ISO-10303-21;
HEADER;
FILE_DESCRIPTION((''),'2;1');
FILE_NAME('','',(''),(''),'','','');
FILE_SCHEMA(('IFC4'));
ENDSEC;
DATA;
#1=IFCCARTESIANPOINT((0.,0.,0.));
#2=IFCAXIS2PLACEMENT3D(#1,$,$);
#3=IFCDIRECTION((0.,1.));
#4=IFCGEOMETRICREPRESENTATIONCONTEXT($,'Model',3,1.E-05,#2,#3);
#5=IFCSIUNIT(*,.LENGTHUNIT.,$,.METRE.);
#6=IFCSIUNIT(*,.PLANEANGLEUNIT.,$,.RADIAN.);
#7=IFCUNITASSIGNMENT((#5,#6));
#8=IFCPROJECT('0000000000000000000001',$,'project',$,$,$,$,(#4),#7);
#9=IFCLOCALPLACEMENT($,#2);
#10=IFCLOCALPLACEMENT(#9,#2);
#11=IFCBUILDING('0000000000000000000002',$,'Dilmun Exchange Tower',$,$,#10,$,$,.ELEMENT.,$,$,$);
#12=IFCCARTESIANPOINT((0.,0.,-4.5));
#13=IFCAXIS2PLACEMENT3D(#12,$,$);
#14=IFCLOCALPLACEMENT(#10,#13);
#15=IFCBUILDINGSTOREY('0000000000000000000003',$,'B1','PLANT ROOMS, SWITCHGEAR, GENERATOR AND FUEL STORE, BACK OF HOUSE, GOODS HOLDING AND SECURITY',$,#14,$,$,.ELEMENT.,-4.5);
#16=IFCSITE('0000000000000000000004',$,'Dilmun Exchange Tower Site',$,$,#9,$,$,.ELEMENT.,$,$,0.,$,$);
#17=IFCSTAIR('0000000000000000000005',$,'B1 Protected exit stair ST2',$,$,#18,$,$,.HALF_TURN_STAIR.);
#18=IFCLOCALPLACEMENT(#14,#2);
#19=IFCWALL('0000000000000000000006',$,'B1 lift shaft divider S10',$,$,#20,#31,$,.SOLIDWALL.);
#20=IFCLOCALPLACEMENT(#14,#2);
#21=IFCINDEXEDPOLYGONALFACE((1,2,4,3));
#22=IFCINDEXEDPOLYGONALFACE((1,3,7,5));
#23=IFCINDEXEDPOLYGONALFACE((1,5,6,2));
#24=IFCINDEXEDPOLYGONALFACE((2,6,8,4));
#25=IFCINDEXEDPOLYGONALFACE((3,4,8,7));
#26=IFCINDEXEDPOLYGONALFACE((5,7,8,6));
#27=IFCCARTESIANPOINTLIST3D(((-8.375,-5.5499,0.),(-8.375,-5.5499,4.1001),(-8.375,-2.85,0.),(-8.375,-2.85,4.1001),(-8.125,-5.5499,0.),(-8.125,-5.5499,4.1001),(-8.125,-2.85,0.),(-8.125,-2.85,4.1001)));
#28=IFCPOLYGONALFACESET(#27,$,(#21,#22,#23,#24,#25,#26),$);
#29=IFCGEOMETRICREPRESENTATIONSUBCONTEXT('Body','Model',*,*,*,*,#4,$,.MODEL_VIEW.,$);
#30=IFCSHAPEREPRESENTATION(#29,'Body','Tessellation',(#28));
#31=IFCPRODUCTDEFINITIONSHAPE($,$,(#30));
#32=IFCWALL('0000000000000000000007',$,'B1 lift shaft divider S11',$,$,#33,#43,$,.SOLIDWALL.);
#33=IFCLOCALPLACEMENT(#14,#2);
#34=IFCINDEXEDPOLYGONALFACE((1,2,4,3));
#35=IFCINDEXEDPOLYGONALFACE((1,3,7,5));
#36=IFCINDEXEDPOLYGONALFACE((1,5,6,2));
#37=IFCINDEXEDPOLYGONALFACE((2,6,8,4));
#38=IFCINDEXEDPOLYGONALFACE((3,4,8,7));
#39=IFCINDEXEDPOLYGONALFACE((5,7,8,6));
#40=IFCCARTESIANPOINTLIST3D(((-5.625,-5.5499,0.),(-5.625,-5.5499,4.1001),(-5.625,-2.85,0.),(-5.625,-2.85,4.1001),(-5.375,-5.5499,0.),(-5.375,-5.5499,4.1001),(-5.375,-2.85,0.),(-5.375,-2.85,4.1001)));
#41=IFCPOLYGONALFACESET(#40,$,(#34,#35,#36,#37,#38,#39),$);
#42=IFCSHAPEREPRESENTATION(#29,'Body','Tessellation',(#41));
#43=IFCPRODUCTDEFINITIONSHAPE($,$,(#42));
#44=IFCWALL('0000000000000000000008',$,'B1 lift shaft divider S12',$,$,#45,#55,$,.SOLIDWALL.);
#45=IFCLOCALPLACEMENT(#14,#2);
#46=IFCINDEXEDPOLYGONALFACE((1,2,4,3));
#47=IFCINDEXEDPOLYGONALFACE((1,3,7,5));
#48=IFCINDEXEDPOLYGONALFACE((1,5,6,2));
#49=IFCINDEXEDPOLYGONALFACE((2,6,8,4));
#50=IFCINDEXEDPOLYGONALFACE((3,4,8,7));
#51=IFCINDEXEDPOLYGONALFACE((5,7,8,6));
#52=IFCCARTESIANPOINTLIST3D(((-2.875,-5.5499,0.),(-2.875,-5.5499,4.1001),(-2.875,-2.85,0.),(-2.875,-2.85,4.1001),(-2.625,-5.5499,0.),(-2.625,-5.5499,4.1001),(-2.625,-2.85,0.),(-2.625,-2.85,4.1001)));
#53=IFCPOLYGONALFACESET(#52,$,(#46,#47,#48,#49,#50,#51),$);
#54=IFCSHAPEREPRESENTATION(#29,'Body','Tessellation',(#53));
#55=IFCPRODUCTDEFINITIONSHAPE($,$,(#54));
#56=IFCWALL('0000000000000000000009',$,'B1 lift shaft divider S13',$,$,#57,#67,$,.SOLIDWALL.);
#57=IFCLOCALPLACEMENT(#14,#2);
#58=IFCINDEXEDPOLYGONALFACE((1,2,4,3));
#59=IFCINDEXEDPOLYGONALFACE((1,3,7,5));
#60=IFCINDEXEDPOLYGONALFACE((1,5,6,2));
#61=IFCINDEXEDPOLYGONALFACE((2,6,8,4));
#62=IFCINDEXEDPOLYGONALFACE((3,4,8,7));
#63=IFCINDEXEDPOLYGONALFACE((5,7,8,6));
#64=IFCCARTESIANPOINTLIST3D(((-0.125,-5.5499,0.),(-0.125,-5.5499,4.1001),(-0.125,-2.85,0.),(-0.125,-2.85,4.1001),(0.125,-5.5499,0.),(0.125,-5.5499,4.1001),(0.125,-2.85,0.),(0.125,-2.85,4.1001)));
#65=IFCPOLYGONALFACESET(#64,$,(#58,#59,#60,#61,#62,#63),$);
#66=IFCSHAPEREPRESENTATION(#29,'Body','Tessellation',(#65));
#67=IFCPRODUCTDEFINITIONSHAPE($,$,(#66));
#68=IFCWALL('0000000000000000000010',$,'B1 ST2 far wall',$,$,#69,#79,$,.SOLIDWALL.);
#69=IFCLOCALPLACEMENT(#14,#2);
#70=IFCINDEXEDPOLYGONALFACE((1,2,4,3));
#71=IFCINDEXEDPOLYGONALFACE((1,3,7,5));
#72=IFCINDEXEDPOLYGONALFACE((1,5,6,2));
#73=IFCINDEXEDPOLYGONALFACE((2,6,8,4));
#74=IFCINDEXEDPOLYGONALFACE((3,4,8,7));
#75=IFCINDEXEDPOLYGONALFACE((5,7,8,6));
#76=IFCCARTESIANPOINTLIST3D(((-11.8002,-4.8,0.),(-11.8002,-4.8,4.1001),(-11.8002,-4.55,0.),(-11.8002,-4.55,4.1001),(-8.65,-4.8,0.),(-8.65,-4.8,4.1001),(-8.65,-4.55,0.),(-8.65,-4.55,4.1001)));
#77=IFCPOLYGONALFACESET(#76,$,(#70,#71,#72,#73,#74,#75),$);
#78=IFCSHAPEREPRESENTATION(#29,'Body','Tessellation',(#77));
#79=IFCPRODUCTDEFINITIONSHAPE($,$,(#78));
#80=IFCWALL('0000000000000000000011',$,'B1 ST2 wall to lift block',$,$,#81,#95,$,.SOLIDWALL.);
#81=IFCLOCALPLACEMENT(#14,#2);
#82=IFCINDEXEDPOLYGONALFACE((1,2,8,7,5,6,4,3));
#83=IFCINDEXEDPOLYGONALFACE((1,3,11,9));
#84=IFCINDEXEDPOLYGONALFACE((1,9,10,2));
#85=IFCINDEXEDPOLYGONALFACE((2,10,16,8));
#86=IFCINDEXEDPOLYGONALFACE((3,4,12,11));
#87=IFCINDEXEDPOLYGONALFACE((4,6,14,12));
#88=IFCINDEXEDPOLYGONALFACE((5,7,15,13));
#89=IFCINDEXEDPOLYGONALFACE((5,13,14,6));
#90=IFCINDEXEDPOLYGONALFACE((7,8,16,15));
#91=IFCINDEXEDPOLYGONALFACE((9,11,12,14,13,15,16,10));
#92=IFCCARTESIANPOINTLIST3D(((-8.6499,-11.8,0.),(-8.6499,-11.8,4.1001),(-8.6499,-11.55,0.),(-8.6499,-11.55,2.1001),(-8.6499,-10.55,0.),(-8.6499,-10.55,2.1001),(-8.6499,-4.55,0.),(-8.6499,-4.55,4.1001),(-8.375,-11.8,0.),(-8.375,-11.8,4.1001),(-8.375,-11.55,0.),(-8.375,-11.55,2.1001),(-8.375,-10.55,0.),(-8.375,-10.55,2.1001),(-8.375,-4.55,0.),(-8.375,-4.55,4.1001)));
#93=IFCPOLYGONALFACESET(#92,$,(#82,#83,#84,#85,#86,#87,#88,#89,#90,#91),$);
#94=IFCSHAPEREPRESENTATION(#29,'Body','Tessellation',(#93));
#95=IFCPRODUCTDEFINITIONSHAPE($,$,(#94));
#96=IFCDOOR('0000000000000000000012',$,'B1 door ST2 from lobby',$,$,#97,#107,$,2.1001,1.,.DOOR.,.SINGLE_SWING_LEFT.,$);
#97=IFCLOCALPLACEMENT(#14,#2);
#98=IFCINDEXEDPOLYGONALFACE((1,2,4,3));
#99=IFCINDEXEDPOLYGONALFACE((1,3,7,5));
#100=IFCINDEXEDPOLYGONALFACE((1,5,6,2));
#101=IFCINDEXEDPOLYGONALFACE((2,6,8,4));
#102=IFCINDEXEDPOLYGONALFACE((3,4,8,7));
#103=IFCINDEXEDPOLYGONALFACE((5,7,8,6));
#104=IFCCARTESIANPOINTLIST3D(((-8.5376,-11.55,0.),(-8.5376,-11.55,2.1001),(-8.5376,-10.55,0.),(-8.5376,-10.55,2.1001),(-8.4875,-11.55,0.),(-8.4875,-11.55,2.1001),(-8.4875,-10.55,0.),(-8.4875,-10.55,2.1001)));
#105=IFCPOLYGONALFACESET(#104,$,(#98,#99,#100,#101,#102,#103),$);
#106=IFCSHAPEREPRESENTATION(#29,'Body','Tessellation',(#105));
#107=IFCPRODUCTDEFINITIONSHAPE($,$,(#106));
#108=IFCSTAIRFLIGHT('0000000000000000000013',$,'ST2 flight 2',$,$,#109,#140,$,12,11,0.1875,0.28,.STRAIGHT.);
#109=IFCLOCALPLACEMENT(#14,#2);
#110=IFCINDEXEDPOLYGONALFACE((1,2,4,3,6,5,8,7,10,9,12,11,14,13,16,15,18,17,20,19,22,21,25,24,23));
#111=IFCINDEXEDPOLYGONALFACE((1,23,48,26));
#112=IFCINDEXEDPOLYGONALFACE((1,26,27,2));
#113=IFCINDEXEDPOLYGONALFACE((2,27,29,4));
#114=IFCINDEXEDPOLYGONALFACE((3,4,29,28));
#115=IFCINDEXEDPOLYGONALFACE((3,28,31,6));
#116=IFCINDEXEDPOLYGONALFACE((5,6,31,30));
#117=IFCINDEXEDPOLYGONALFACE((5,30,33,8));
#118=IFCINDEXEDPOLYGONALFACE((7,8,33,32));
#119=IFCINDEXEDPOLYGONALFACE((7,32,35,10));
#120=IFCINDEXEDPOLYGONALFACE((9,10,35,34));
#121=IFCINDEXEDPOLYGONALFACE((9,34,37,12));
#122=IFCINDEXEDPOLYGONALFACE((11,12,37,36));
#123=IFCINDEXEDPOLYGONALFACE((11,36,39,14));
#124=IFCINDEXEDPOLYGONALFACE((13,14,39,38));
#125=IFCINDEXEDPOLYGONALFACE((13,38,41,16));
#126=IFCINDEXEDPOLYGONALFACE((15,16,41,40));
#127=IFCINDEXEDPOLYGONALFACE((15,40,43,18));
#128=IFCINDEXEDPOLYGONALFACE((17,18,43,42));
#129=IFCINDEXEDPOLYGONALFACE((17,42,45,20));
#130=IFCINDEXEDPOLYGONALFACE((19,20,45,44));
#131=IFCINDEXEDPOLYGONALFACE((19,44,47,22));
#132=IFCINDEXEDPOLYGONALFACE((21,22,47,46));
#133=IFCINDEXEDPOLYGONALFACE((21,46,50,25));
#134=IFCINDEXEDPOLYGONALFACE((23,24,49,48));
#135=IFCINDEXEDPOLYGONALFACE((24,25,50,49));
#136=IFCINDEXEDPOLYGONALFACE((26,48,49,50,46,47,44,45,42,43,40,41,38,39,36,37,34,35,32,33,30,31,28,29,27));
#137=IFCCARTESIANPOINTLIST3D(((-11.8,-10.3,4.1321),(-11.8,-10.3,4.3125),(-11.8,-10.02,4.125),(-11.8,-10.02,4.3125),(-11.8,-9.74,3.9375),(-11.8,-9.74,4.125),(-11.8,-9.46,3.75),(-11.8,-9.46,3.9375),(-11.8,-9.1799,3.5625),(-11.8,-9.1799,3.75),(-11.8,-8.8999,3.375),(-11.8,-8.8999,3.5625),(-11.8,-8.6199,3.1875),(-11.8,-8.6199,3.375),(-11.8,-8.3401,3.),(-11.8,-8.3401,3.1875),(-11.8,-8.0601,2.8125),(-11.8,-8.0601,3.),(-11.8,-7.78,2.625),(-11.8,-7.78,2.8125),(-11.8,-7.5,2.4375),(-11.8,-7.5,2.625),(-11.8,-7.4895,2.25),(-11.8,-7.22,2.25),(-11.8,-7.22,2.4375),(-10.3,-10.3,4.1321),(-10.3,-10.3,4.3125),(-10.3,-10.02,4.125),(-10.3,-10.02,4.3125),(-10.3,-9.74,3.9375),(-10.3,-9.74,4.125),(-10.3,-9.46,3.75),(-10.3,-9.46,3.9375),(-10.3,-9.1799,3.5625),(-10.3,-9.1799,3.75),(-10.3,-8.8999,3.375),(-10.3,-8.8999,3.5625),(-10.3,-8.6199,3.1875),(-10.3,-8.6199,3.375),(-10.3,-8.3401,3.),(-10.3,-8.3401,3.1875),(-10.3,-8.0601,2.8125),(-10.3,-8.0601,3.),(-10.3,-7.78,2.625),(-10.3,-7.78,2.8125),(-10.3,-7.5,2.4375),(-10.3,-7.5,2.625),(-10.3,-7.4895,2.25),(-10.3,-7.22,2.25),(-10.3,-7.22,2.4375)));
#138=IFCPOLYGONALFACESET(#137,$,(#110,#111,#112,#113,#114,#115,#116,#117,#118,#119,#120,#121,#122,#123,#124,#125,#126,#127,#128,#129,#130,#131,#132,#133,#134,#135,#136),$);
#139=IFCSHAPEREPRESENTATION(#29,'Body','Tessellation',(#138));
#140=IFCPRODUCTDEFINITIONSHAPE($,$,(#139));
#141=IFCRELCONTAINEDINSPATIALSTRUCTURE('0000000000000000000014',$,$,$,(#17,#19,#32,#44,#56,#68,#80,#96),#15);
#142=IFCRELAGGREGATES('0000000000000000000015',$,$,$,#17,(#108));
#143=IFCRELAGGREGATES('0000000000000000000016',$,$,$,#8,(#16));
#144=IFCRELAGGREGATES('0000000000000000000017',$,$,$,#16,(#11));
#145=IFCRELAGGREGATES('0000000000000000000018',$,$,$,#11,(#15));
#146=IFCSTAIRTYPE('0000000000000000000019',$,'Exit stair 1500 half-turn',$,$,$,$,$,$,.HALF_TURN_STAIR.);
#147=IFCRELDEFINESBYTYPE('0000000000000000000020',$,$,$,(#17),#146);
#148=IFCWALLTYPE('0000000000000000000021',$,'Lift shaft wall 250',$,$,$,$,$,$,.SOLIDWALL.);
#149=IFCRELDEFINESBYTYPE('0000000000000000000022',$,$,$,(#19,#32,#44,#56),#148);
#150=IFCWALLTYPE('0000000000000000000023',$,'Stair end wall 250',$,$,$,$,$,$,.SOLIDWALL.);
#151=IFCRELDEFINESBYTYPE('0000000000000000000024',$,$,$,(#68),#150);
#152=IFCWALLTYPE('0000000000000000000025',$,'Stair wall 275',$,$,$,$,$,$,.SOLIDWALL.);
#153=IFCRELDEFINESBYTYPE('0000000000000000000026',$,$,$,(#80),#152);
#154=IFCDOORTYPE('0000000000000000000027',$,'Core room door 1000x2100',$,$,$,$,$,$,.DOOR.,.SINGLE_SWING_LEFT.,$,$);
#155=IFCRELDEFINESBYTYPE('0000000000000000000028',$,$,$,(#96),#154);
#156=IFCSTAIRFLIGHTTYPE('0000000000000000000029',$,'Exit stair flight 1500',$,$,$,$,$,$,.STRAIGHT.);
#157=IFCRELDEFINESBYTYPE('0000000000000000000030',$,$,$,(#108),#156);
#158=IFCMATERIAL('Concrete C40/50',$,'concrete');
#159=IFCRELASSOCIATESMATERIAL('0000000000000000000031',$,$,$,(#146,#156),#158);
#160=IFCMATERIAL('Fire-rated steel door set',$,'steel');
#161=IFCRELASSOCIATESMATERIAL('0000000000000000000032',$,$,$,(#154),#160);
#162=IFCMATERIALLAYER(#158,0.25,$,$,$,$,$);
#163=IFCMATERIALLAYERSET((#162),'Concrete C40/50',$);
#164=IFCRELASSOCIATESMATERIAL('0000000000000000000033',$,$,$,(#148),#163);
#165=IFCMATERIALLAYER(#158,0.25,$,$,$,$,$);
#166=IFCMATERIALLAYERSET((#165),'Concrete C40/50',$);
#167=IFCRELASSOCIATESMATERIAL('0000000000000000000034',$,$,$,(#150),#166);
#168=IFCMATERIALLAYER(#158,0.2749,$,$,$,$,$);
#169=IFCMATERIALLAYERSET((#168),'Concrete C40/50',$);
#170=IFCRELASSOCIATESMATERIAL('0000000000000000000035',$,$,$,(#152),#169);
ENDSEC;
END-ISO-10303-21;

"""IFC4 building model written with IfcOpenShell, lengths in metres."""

from ifc_helpers import new_model, si_unit, direction, frame, frame_2d, origin, place, context, subcontext, project, spatial, polyline, rectangle, outline, extrude, material, layer, layer_set, type_object, element, fill, aggregate, save


model = new_model("IFC4")

# Units and contexts
model_context = context("Model", 3, precision=1e-05, world=origin(), true_north=direction((0.0, 1.0)))
body_context = subcontext(model_context, "Body", "Model", "MODEL_VIEW")
ifc_project = project(units=[si_unit("LENGTHUNIT", "METRE"), si_unit("PLANEANGLEUNIT", "RADIAN")], contexts=[model_context])

# Site, building, storey
site_placement = place(None, origin())
site = spatial("IfcSite", under=ifc_project, at=site_placement, Name="Dilmun Exchange Tower Site", CompositionType="ELEMENT", RefElevation=0.0)
building_placement = place(site_placement, origin())
building = spatial("IfcBuilding", under=site, at=building_placement, Name="Dilmun Exchange Tower", CompositionType="ELEMENT")
storey_placement = place(building_placement, frame((0.0, 0.0, -4.5)))
storey = spatial("IfcBuildingStorey", under=building, at=storey_placement, Name="B1", Description="PLANT ROOMS, SWITCHGEAR, GENERATOR AND FUEL STORE, BACK OF HOUSE, GOODS HOLDING AND SECURITY", CompositionType="ELEMENT", Elevation=-4.5)

# Stair
ifc_material_1 = material(Name="Concrete C40/50", Category="concrete")
stair_type = type_object("IfcStairType", Name="Exit stair 1500 half-turn", PredefinedType="HALF_TURN_STAIR", material=ifc_material_1)
stair_1_placement = place(storey_placement, origin())
stair_1 = element("IfcStair", 1, at=stair_1_placement, inside=storey, type_object=stair_type, Name="B1 Protected exit stair ST2", PredefinedType="HALF_TURN_STAIR")

# Shared definitions
ifc_material_2 = material(Name="Fire-rated steel door set", Category="steel")
door_type_1 = type_object("IfcDoorType", Name="Core room door 1000x2100", OperationType="SINGLE_SWING_LEFT", PredefinedType="DOOR", material=ifc_material_2)

# Walls
ifc_layer_1 = layer(ifc_material_1, 0.25)
ifc_layer_set_1 = layer_set([ifc_layer_1], Name="Concrete C40/50")
wall_type_1 = type_object("IfcWallType", Name="Lift shaft wall 250", PredefinedType="SOLIDWALL", material=ifc_layer_set_1)
for number, where, z_axis, x_axis, name in (
    (2, (-8.25, -5.55, 0.0), (0.0, 0.0, 1.0), (0.0, 1.0, 0.0), "B1 lift shaft divider S10"),
    (3, (-5.5, -5.55, 0.0), (0.0, 0.0, 1.0), (0.0, 1.0, 0.0), "B1 lift shaft divider S11"),
    (4, (-2.75, -5.55, 0.0), (0.0, 0.0, 1.0), (0.0, 1.0, 0.0), "B1 lift shaft divider S12"),
    (5, (0.0, -5.55, 0.0), (0.0, 0.0, 1.0), (0.0, 1.0, 0.0), "B1 lift shaft divider S13"),
):
    element("IfcWall", number, at=place(storey_placement, frame(where, z_axis=z_axis, x_axis=x_axis)), inside=storey, type_object=wall_type_1, Name=name, PredefinedType="SOLIDWALL", context=body_context, shape_type="SweptSolid", body=[
        extrude(rectangle(XDim=2.7, YDim=0.25, at=frame_2d((1.3501, 0.0))), origin(), (0.0, 0.0, 1.0), 4.1001),
    ])
ifc_layer_2 = layer(ifc_material_1, 0.25)
ifc_layer_set_2 = layer_set([ifc_layer_2], Name="Concrete C40/50")
wall_type_2 = type_object("IfcWallType", Name="Stair end wall 250", PredefinedType="SOLIDWALL", material=ifc_layer_set_2)
wall_1_placement = place(storey_placement, frame((-8.6499, -4.675, 0.0), z_axis=(0.0, 0.0, 1.0), x_axis=(-1.0, 0.0, 0.0)))
element("IfcWall", 6, at=wall_1_placement, inside=storey, type_object=wall_type_2, Name="B1 ST2 far wall", PredefinedType="SOLIDWALL", context=body_context, shape_type="SweptSolid", body=[
    extrude(rectangle(XDim=3.1501, YDim=0.25, at=frame_2d((1.5752, 0.0))), origin(), (0.0, 0.0, 1.0), 4.1001),
])

# Wall, opening, door
ifc_layer_3 = layer(ifc_material_1, 0.2749)
ifc_layer_set_3 = layer_set([ifc_layer_3], Name="Concrete C40/50")
wall_type_3 = type_object("IfcWallType", Name="Stair wall 275", PredefinedType="SOLIDWALL", material=ifc_layer_set_3)
wall_2_placement = place(storey_placement, frame((-8.5125, -4.55, 0.0), z_axis=(0.0, 0.0, 1.0), x_axis=(0.0, -1.0, 0.0)))
wall_2 = element("IfcWall", 7, at=wall_2_placement, inside=storey, type_object=wall_type_3, Name="B1 ST2 wall to lift block", PredefinedType="SOLIDWALL", context=body_context, shape_type="SweptSolid", body=[
    extrude(rectangle(XDim=7.25, YDim=0.2749, at=frame_2d((3.625, 0.0))), origin(), (0.0, 0.0, 1.0), 4.1001),
])
opening_1_placement = place(wall_2_placement, frame((6.0, 0.0, 0.0)))
opening_1 = element("IfcOpeningElement", 8, at=opening_1_placement, cuts=wall_2, PredefinedType="OPENING", context=body_context, shape_type="SweptSolid", body=[
    extrude(rectangle(XDim=1.0, YDim=2.1001, at=frame_2d((0.5, 1.05))), frame((0.0, 0.1475, 0.0), z_axis=(0.0, -1.0, 0.0), x_axis=(1.0, 0.0, 0.0)), (0.0, 0.0, 1.0), 0.2949),
])
door_1_placement = place(opening_1_placement, origin())
door_1 = element("IfcDoor", 9, at=door_1_placement, inside=storey, type_object=door_type_1, Name="B1 door ST2 from lobby", OperationType="SINGLE_SWING_LEFT", OverallHeight=2.1001, OverallWidth=1.0, PredefinedType="DOOR", context=body_context, shape_type="SweptSolid", body=[
    extrude(rectangle(XDim=1.0, YDim=2.1001, at=frame_2d((0.5, 1.05))), frame((0.0, 0.0249, 0.0), z_axis=(0.0, -1.0, 0.0), x_axis=(1.0, 0.0, 0.0)), (0.0, 0.0, 1.0), 0.05),
])
fill(opening_1, door_1)

# Stair flight
stair_flight_type = type_object("IfcStairFlightType", Name="Exit stair flight 1500", PredefinedType="STRAIGHT", material=ifc_material_1)
stair_flight_placement = place(storey_placement, frame((-11.05, -7.22, 2.25), z_axis=(0.0, 0.0, 1.0), x_axis=(0.0, -1.0, 0.0)))
stair_flight = element("IfcStairFlight", 10, at=stair_flight_placement, type_object=stair_flight_type, Name="ST2 flight 2", NumberOfRisers=12, NumberOfTreads=11, PredefinedType="STRAIGHT", RiserHeight=0.1875, TreadLength=0.28, context=body_context, shape_type="SweptSolid", body=[
    extrude(outline(polyline([(0.0, 0.0), (0.0, 0.1875), (0.28, 0.1875), (0.28, 0.375), (0.5601, 0.375), (0.5601, 0.5625), (0.8401, 0.5625), (0.8401, 0.75), (1.1201, 0.75), (1.1201, 0.9375), (1.3999, 0.9375), (1.3999, 1.125), (1.6799, 1.125), (1.6799, 1.3125), (1.96, 1.3125), (1.96, 1.5), (2.24, 1.5), (2.24, 1.6875), (2.52, 1.6875), (2.52, 1.875), (2.8, 1.875), (2.8, 2.0625), (3.0801, 2.0625), (3.0801, 2.25), (3.0801, 1.8821), (0.2695, 0.0), (0.0, 0.0)])), frame((0.0, 0.75, 0.0), z_axis=(0.0, -1.0, 0.0), x_axis=(1.0, 0.0, 0.0)), (0.0, 0.0, 1.0), 1.5),
])
aggregate(stair_1, [stair_flight])

save(model, "model.ifc")
